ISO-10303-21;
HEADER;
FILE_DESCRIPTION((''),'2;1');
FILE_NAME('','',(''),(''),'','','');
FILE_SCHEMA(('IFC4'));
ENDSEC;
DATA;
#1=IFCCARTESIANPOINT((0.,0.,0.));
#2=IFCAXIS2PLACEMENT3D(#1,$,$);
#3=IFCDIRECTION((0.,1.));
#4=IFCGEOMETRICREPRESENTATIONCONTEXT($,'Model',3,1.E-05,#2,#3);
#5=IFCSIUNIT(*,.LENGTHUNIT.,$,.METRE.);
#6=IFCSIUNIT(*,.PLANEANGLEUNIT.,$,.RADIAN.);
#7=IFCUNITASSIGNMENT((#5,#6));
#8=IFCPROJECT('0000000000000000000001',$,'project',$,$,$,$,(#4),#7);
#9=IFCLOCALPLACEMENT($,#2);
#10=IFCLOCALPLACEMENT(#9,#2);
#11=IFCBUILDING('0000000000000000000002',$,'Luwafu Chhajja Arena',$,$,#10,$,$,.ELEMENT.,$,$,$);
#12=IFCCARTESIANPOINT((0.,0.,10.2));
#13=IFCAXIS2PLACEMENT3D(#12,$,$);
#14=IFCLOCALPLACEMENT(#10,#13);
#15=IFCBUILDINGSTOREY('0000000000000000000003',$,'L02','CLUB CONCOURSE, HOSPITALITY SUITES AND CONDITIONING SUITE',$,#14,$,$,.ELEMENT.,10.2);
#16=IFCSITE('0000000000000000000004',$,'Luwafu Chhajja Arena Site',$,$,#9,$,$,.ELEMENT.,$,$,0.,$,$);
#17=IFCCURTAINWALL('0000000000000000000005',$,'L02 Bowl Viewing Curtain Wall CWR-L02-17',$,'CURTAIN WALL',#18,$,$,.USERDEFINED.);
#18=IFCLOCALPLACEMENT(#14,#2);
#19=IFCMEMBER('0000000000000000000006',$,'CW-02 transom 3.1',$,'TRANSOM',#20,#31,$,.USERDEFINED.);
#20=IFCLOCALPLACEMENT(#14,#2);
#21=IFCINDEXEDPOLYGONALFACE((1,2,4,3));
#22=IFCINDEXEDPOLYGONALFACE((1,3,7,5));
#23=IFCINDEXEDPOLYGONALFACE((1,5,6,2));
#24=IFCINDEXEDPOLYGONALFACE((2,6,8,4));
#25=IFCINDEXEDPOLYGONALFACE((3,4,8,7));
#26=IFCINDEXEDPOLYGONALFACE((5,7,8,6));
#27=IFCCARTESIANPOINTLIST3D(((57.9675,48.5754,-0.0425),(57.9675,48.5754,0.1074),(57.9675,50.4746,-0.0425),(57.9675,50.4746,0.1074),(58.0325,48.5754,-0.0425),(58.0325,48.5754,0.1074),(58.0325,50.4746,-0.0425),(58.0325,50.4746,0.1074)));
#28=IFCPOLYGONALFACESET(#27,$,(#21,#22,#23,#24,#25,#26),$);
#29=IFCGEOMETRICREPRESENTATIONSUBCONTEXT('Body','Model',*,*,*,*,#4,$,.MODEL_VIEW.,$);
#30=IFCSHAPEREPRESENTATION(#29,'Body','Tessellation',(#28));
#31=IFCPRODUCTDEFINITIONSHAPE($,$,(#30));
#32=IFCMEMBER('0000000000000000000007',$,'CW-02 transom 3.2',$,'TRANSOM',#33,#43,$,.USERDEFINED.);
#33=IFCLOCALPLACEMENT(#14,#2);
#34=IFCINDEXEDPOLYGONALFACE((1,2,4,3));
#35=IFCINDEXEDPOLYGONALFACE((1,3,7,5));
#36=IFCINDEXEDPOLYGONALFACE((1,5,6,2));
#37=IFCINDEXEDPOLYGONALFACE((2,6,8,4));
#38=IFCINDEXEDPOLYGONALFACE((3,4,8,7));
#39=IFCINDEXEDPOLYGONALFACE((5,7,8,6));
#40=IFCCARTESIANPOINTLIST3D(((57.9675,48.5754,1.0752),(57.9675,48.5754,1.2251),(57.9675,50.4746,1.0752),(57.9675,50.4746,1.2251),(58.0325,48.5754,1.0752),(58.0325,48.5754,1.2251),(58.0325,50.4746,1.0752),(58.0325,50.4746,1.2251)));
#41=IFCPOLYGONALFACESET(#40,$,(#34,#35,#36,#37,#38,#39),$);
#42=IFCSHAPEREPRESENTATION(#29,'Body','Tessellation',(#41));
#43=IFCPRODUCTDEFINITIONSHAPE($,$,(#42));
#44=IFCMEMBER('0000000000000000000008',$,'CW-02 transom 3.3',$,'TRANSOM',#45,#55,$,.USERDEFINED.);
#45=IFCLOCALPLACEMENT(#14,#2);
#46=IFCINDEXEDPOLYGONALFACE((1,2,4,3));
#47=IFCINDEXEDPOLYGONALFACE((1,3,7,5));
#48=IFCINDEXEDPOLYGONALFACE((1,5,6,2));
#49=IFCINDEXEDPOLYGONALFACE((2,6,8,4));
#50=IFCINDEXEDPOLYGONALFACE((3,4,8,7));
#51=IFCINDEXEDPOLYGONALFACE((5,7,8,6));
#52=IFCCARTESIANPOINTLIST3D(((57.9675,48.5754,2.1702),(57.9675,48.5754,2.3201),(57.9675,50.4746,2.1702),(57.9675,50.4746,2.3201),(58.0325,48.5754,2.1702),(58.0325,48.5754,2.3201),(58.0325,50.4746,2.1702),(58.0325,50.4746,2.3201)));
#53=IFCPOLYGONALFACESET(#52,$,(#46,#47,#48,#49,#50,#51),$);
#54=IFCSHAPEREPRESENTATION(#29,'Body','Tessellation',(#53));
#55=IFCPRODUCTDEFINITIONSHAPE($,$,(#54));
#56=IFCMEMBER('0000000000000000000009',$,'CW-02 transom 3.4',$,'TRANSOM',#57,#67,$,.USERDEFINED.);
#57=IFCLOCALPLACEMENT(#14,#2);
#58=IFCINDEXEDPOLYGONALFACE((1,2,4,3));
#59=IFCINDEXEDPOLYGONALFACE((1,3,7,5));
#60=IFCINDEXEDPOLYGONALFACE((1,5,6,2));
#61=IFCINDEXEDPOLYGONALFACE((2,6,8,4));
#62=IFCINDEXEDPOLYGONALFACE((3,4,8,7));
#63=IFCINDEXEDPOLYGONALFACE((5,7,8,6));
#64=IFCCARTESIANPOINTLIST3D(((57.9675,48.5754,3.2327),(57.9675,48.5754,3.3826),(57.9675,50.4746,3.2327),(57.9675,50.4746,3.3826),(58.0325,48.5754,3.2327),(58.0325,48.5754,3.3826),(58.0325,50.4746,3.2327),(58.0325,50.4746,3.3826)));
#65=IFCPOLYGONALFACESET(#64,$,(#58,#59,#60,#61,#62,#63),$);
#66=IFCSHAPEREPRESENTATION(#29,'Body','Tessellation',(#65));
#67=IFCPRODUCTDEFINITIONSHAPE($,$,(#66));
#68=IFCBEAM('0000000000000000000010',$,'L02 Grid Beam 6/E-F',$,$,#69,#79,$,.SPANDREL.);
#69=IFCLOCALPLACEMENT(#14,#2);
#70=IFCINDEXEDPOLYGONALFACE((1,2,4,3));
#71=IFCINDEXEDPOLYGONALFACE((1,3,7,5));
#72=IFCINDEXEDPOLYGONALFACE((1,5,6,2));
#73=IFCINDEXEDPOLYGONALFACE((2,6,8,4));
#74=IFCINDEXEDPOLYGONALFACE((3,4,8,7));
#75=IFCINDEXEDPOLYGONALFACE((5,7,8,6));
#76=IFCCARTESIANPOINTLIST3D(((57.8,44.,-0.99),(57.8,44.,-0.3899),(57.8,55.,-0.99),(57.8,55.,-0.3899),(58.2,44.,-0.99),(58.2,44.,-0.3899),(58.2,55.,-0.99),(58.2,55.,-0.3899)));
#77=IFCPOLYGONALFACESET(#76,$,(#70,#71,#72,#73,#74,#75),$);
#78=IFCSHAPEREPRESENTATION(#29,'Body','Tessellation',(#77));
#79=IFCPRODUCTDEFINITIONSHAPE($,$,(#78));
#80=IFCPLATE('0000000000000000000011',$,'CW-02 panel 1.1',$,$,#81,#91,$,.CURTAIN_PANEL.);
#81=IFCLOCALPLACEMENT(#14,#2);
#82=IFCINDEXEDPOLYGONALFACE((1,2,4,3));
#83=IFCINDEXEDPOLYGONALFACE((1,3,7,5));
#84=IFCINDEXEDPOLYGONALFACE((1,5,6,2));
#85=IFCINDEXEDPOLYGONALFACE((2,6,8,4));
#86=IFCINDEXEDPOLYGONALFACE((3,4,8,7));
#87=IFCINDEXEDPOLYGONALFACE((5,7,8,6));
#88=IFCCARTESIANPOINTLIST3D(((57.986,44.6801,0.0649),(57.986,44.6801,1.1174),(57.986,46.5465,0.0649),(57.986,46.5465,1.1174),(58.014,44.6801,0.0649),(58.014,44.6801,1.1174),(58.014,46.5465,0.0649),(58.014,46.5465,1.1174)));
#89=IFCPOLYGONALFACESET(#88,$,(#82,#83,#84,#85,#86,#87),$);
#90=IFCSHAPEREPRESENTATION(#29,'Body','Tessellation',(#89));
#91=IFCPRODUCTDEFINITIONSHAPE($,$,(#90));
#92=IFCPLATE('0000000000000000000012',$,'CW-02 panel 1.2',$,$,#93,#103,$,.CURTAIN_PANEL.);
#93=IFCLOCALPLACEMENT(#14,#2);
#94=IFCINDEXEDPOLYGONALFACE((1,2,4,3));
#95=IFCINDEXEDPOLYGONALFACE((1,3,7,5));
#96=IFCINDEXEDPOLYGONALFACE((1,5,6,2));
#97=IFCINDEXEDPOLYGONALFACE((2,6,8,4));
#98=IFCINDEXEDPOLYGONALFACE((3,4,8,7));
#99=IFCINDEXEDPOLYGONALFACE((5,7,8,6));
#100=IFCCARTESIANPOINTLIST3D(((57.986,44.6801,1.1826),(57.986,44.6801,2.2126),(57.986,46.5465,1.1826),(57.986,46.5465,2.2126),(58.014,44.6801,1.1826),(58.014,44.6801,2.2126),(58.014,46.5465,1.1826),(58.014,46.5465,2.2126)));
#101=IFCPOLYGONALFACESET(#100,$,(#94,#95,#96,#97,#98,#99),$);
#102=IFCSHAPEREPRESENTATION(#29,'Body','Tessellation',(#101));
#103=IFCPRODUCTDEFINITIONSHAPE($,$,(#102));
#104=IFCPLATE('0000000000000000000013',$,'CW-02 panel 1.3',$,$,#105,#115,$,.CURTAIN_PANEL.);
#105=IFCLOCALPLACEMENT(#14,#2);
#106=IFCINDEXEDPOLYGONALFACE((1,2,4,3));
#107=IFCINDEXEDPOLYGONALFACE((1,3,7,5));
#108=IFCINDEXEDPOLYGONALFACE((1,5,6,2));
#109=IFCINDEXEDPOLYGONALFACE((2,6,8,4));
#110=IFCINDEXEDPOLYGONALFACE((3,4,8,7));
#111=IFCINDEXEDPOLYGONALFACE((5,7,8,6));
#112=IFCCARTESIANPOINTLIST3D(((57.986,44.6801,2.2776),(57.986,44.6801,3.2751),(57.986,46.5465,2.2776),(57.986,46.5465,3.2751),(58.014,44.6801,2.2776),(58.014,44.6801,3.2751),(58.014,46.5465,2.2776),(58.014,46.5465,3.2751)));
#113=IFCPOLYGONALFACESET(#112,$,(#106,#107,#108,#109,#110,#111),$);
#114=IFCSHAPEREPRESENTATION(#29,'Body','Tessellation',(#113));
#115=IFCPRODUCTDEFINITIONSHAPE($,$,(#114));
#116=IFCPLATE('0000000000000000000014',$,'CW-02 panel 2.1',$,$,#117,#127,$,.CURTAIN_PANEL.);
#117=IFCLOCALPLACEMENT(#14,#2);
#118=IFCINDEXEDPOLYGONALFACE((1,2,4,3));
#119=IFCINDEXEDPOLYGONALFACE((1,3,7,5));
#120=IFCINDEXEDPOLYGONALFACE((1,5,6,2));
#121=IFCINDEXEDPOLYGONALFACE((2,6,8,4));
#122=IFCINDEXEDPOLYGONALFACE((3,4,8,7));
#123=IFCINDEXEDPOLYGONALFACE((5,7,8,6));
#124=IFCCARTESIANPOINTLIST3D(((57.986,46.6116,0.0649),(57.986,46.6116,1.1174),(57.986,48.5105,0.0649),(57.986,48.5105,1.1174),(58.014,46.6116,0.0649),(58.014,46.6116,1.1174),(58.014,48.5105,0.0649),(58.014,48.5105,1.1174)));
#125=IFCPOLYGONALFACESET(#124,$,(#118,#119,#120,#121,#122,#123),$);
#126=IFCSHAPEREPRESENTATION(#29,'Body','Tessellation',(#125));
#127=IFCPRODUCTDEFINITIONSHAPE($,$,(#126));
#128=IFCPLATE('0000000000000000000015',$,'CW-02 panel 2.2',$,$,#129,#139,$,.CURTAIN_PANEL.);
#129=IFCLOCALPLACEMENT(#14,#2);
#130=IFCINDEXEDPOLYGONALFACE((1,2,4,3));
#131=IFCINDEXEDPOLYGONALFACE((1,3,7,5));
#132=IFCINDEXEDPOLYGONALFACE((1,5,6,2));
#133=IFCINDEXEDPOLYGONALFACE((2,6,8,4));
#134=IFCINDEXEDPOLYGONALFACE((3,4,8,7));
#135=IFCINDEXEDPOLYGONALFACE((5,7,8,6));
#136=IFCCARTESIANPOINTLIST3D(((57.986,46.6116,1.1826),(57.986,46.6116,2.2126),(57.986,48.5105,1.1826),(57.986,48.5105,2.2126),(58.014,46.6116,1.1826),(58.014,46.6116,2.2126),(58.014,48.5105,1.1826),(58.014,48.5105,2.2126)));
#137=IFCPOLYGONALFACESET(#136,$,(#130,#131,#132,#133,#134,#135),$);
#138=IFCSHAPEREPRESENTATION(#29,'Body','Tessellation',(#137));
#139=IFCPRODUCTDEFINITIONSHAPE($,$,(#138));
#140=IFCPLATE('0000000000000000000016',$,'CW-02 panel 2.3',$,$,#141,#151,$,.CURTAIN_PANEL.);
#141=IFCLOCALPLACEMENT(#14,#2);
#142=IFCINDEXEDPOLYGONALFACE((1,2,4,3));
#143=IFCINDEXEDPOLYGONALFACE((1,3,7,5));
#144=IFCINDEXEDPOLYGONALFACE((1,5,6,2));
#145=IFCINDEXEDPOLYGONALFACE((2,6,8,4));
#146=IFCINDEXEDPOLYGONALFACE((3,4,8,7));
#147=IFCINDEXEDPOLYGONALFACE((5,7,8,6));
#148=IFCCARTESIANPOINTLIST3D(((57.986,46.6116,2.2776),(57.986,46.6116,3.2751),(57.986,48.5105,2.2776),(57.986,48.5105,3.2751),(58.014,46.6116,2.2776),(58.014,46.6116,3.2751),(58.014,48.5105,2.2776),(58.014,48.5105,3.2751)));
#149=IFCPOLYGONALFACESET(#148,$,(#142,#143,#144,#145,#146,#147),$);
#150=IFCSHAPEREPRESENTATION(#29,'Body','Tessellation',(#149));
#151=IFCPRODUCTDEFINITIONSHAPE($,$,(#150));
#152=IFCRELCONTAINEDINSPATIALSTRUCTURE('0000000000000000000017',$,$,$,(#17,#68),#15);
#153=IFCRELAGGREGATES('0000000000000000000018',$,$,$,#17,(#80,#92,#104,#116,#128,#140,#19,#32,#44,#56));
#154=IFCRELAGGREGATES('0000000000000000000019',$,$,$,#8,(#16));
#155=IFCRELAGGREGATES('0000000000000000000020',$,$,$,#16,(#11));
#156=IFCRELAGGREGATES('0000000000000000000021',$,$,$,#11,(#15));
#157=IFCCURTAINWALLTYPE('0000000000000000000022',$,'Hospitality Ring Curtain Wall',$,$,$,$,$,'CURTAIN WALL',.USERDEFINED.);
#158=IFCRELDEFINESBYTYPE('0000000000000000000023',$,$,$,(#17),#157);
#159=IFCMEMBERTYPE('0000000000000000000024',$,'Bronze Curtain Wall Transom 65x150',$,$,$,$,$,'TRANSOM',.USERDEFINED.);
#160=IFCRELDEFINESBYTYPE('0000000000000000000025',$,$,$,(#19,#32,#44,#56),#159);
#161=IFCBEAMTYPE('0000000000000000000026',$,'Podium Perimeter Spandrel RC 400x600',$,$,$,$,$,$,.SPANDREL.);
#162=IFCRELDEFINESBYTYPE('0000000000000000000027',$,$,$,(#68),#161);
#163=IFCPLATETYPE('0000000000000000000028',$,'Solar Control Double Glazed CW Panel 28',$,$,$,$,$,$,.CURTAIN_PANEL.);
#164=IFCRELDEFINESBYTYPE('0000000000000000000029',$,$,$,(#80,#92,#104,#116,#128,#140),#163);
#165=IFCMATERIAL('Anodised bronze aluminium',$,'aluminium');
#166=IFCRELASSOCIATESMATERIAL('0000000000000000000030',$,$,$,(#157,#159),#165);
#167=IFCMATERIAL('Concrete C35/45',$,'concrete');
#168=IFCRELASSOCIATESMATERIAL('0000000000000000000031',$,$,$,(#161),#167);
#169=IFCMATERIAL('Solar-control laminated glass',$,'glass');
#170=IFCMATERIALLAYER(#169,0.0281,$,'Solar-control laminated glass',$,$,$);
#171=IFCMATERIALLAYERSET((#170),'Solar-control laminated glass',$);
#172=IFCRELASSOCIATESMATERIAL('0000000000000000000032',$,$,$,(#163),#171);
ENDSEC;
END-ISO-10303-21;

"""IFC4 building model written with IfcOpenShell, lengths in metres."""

from ifc_helpers import new_model, si_unit, direction, frame, origin, origin_2d, place, context, subcontext, project, spatial, rectangle, extrude, material, layer, layer_set, material_profile, profile_set, type_object, element, aggregate, save


model = new_model("IFC4")

# Units and contexts
model_context = context("Model", 3, precision=1e-05, world=origin(), true_north=direction((0.0, 1.0)))
body_context = subcontext(model_context, "Body", "Model", "MODEL_VIEW")
ifc_project = project(units=[si_unit("LENGTHUNIT", "METRE"), si_unit("PLANEANGLEUNIT", "RADIAN")], contexts=[model_context])

# Site, building, storey
site_placement = place(None, origin())
site = spatial("IfcSite", under=ifc_project, at=site_placement, Name="Luwafu Chhajja Arena Site", CompositionType="ELEMENT", RefElevation=0.0)
building_placement = place(site_placement, origin())
building = spatial("IfcBuilding", under=site, at=building_placement, Name="Luwafu Chhajja Arena", CompositionType="ELEMENT")
storey_placement = place(building_placement, frame((0.0, 0.0, 10.2)))
storey = spatial("IfcBuildingStorey", under=building, at=storey_placement, Name="L02", Description="CLUB CONCOURSE, HOSPITALITY SUITES AND CONDITIONING SUITE", CompositionType="ELEMENT", Elevation=10.2)

# Shared definitions
ifc_material_1 = material(Name="Anodised bronze aluminium", Category="aluminium")
curtain_wall_type = type_object("IfcCurtainWallType", Name="Hospitality Ring Curtain Wall", ElementType="CURTAIN WALL", PredefinedType="USERDEFINED", material=ifc_material_1)

# Curtain wall, members
curtain_wall_1_placement = place(storey_placement, origin())
curtain_wall_1 = element("IfcCurtainWall", 1, at=curtain_wall_1_placement, inside=storey, type_object=curtain_wall_type, Name="L02 Bowl Viewing Curtain Wall CWR-L02-17", ObjectType="CURTAIN WALL", PredefinedType="USERDEFINED")
ifc_material_profile_1 = material_profile(ifc_material_1, rectangle(XDim=0.0649, YDim=0.1499, at=origin_2d()), Name="CWT 65x150")
ifc_profile_set_1 = profile_set([ifc_material_profile_1], Name="Anodised bronze aluminium")
member_type_1 = type_object("IfcMemberType", Name="Bronze Curtain Wall Transom 65x150", ElementType="TRANSOM", PredefinedType="USERDEFINED", material=ifc_profile_set_1)
member_1_placement = place(storey_placement, frame((58.0, 48.5754, 0.0325), z_axis=(0.0, 1.0, 0.0), x_axis=(-1.0, 0.0, 0.0)))
member_1 = element("IfcMember", 2, at=member_1_placement, type_object=member_type_1, Name="CW-02 transom 3.1", ObjectType="TRANSOM", PredefinedType="USERDEFINED", context=body_context, shape_type="SweptSolid", body=[
    extrude(rectangle(XDim=0.0649, YDim=0.1499, at=origin_2d()), origin(), (0.0, 0.0, 1.0), 1.8992),
])
member_2_placement = place(storey_placement, frame((58.0, 48.5754, 1.1501), z_axis=(0.0, 1.0, 0.0), x_axis=(-1.0, 0.0, 0.0)))
member_2 = element("IfcMember", 3, at=member_2_placement, type_object=member_type_1, Name="CW-02 transom 3.2", ObjectType="TRANSOM", PredefinedType="USERDEFINED", context=body_context, shape_type="SweptSolid", body=[
    extrude(rectangle(XDim=0.0649, YDim=0.1499, at=origin_2d()), origin(), (0.0, 0.0, 1.0), 1.8992),
])
member_3_placement = place(storey_placement, frame((58.0, 48.5754, 2.2451), z_axis=(0.0, 1.0, 0.0), x_axis=(-1.0, 0.0, 0.0)))
member_3 = element("IfcMember", 4, at=member_3_placement, type_object=member_type_1, Name="CW-02 transom 3.3", ObjectType="TRANSOM", PredefinedType="USERDEFINED", context=body_context, shape_type="SweptSolid", body=[
    extrude(rectangle(XDim=0.0649, YDim=0.1499, at=origin_2d()), origin(), (0.0, 0.0, 1.0), 1.8992),
])
member_4_placement = place(storey_placement, frame((58.0, 48.5754, 3.3076), z_axis=(0.0, 1.0, 0.0), x_axis=(-1.0, 0.0, 0.0)))
member_4 = element("IfcMember", 5, at=member_4_placement, type_object=member_type_1, Name="CW-02 transom 3.4", ObjectType="TRANSOM", PredefinedType="USERDEFINED", context=body_context, shape_type="SweptSolid", body=[
    extrude(rectangle(XDim=0.0649, YDim=0.1499, at=origin_2d()), origin(), (0.0, 0.0, 1.0), 1.8992),
])

# Beam
ifc_material_2 = material(Name="Concrete C35/45", Category="concrete")
ifc_material_profile_2 = material_profile(ifc_material_2, rectangle(XDim=0.3999, YDim=0.6001, at=origin_2d()), Name="RC 400x600")
ifc_profile_set_2 = profile_set([ifc_material_profile_2], Name="Concrete C35/45")
beam_type = type_object("IfcBeamType", Name="Podium Perimeter Spandrel RC 400x600", PredefinedType="SPANDREL", material=ifc_profile_set_2)
beam_placement = place(storey_placement, frame((58.0, 44.0, -0.6899), z_axis=(0.0, 1.0, 0.0), x_axis=(-1.0, 0.0, 0.0)))
element("IfcBeam", 6, at=beam_placement, inside=storey, type_object=beam_type, Name="L02 Grid Beam 6/E-F", PredefinedType="SPANDREL", context=body_context, shape_type="SweptSolid", body=[
    extrude(rectangle(XDim=0.3999, YDim=0.6001, at=origin_2d()), origin(), (0.0, 0.0, 1.0), 11.0),
])

# Plates
ifc_material_3 = material(Name="Solar-control laminated glass", Category="glass")
ifc_layer = layer(ifc_material_3, 0.0281, Name="Solar-control laminated glass")
ifc_layer_set = layer_set([ifc_layer], Name="Solar-control laminated glass")
plate_type = type_object("IfcPlateType", Name="Solar Control Double Glazed CW Panel 28", PredefinedType="CURTAIN_PANEL", material=ifc_layer_set)
plate_1_placement = place(storey_placement, frame((58.0, 45.6133, 0.0649), z_axis=(0.0, 0.0, 1.0), x_axis=(0.0, 1.0, 0.0)))
plate_1 = element("IfcPlate", 7, at=plate_1_placement, type_object=plate_type, Name="CW-02 panel 1.1", PredefinedType="CURTAIN_PANEL", context=body_context, shape_type="SweptSolid", body=[
    extrude(rectangle(XDim=1.8665, YDim=0.0281, at=origin_2d()), origin(), (0.0, 0.0, 1.0), 1.0525),
])
plate_2_placement = place(storey_placement, frame((58.0, 45.6133, 1.1826), z_axis=(0.0, 0.0, 1.0), x_axis=(0.0, 1.0, 0.0)))
plate_2 = element("IfcPlate", 8, at=plate_2_placement, type_object=plate_type, Name="CW-02 panel 1.2", PredefinedType="CURTAIN_PANEL", context=body_context, shape_type="SweptSolid", body=[
    extrude(rectangle(XDim=1.8665, YDim=0.0281, at=origin_2d()), origin(), (0.0, 0.0, 1.0), 1.03),
])
plate_3_placement = place(storey_placement, frame((58.0, 45.6133, 2.2776), z_axis=(0.0, 0.0, 1.0), x_axis=(0.0, 1.0, 0.0)))
plate_3 = element("IfcPlate", 9, at=plate_3_placement, type_object=plate_type, Name="CW-02 panel 1.3", PredefinedType="CURTAIN_PANEL", context=body_context, shape_type="SweptSolid", body=[
    extrude(rectangle(XDim=1.8665, YDim=0.0281, at=origin_2d()), origin(), (0.0, 0.0, 1.0), 0.9976),
])
plate_4_placement = place(storey_placement, frame((58.0, 47.561, 0.0649), z_axis=(0.0, 0.0, 1.0), x_axis=(0.0, 1.0, 0.0)))
plate_4 = element("IfcPlate", 10, at=plate_4_placement, type_object=plate_type, Name="CW-02 panel 2.1", PredefinedType="CURTAIN_PANEL", context=body_context, shape_type="SweptSolid", body=[
    extrude(rectangle(XDim=1.8989, YDim=0.0281, at=origin_2d()), origin(), (0.0, 0.0, 1.0), 1.0525),
])
plate_5_placement = place(storey_placement, frame((58.0, 47.561, 1.1826), z_axis=(0.0, 0.0, 1.0), x_axis=(0.0, 1.0, 0.0)))
plate_5 = element("IfcPlate", 11, at=plate_5_placement, type_object=plate_type, Name="CW-02 panel 2.2", PredefinedType="CURTAIN_PANEL", context=body_context, shape_type="SweptSolid", body=[
    extrude(rectangle(XDim=1.8989, YDim=0.0281, at=origin_2d()), origin(), (0.0, 0.0, 1.0), 1.03),
])
plate_6_placement = place(storey_placement, frame((58.0, 47.561, 2.2776), z_axis=(0.0, 0.0, 1.0), x_axis=(0.0, 1.0, 0.0)))
plate_6 = element("IfcPlate", 12, at=plate_6_placement, type_object=plate_type, Name="CW-02 panel 2.3", PredefinedType="CURTAIN_PANEL", context=body_context, shape_type="SweptSolid", body=[
    extrude(rectangle(XDim=1.8989, YDim=0.0281, at=origin_2d()), origin(), (0.0, 0.0, 1.0), 0.9976),
])
aggregate(curtain_wall_1, [plate_1, plate_2, plate_3, plate_4, plate_5, plate_6, member_1, member_2, member_3, member_4])

save(model, "model.ifc")
